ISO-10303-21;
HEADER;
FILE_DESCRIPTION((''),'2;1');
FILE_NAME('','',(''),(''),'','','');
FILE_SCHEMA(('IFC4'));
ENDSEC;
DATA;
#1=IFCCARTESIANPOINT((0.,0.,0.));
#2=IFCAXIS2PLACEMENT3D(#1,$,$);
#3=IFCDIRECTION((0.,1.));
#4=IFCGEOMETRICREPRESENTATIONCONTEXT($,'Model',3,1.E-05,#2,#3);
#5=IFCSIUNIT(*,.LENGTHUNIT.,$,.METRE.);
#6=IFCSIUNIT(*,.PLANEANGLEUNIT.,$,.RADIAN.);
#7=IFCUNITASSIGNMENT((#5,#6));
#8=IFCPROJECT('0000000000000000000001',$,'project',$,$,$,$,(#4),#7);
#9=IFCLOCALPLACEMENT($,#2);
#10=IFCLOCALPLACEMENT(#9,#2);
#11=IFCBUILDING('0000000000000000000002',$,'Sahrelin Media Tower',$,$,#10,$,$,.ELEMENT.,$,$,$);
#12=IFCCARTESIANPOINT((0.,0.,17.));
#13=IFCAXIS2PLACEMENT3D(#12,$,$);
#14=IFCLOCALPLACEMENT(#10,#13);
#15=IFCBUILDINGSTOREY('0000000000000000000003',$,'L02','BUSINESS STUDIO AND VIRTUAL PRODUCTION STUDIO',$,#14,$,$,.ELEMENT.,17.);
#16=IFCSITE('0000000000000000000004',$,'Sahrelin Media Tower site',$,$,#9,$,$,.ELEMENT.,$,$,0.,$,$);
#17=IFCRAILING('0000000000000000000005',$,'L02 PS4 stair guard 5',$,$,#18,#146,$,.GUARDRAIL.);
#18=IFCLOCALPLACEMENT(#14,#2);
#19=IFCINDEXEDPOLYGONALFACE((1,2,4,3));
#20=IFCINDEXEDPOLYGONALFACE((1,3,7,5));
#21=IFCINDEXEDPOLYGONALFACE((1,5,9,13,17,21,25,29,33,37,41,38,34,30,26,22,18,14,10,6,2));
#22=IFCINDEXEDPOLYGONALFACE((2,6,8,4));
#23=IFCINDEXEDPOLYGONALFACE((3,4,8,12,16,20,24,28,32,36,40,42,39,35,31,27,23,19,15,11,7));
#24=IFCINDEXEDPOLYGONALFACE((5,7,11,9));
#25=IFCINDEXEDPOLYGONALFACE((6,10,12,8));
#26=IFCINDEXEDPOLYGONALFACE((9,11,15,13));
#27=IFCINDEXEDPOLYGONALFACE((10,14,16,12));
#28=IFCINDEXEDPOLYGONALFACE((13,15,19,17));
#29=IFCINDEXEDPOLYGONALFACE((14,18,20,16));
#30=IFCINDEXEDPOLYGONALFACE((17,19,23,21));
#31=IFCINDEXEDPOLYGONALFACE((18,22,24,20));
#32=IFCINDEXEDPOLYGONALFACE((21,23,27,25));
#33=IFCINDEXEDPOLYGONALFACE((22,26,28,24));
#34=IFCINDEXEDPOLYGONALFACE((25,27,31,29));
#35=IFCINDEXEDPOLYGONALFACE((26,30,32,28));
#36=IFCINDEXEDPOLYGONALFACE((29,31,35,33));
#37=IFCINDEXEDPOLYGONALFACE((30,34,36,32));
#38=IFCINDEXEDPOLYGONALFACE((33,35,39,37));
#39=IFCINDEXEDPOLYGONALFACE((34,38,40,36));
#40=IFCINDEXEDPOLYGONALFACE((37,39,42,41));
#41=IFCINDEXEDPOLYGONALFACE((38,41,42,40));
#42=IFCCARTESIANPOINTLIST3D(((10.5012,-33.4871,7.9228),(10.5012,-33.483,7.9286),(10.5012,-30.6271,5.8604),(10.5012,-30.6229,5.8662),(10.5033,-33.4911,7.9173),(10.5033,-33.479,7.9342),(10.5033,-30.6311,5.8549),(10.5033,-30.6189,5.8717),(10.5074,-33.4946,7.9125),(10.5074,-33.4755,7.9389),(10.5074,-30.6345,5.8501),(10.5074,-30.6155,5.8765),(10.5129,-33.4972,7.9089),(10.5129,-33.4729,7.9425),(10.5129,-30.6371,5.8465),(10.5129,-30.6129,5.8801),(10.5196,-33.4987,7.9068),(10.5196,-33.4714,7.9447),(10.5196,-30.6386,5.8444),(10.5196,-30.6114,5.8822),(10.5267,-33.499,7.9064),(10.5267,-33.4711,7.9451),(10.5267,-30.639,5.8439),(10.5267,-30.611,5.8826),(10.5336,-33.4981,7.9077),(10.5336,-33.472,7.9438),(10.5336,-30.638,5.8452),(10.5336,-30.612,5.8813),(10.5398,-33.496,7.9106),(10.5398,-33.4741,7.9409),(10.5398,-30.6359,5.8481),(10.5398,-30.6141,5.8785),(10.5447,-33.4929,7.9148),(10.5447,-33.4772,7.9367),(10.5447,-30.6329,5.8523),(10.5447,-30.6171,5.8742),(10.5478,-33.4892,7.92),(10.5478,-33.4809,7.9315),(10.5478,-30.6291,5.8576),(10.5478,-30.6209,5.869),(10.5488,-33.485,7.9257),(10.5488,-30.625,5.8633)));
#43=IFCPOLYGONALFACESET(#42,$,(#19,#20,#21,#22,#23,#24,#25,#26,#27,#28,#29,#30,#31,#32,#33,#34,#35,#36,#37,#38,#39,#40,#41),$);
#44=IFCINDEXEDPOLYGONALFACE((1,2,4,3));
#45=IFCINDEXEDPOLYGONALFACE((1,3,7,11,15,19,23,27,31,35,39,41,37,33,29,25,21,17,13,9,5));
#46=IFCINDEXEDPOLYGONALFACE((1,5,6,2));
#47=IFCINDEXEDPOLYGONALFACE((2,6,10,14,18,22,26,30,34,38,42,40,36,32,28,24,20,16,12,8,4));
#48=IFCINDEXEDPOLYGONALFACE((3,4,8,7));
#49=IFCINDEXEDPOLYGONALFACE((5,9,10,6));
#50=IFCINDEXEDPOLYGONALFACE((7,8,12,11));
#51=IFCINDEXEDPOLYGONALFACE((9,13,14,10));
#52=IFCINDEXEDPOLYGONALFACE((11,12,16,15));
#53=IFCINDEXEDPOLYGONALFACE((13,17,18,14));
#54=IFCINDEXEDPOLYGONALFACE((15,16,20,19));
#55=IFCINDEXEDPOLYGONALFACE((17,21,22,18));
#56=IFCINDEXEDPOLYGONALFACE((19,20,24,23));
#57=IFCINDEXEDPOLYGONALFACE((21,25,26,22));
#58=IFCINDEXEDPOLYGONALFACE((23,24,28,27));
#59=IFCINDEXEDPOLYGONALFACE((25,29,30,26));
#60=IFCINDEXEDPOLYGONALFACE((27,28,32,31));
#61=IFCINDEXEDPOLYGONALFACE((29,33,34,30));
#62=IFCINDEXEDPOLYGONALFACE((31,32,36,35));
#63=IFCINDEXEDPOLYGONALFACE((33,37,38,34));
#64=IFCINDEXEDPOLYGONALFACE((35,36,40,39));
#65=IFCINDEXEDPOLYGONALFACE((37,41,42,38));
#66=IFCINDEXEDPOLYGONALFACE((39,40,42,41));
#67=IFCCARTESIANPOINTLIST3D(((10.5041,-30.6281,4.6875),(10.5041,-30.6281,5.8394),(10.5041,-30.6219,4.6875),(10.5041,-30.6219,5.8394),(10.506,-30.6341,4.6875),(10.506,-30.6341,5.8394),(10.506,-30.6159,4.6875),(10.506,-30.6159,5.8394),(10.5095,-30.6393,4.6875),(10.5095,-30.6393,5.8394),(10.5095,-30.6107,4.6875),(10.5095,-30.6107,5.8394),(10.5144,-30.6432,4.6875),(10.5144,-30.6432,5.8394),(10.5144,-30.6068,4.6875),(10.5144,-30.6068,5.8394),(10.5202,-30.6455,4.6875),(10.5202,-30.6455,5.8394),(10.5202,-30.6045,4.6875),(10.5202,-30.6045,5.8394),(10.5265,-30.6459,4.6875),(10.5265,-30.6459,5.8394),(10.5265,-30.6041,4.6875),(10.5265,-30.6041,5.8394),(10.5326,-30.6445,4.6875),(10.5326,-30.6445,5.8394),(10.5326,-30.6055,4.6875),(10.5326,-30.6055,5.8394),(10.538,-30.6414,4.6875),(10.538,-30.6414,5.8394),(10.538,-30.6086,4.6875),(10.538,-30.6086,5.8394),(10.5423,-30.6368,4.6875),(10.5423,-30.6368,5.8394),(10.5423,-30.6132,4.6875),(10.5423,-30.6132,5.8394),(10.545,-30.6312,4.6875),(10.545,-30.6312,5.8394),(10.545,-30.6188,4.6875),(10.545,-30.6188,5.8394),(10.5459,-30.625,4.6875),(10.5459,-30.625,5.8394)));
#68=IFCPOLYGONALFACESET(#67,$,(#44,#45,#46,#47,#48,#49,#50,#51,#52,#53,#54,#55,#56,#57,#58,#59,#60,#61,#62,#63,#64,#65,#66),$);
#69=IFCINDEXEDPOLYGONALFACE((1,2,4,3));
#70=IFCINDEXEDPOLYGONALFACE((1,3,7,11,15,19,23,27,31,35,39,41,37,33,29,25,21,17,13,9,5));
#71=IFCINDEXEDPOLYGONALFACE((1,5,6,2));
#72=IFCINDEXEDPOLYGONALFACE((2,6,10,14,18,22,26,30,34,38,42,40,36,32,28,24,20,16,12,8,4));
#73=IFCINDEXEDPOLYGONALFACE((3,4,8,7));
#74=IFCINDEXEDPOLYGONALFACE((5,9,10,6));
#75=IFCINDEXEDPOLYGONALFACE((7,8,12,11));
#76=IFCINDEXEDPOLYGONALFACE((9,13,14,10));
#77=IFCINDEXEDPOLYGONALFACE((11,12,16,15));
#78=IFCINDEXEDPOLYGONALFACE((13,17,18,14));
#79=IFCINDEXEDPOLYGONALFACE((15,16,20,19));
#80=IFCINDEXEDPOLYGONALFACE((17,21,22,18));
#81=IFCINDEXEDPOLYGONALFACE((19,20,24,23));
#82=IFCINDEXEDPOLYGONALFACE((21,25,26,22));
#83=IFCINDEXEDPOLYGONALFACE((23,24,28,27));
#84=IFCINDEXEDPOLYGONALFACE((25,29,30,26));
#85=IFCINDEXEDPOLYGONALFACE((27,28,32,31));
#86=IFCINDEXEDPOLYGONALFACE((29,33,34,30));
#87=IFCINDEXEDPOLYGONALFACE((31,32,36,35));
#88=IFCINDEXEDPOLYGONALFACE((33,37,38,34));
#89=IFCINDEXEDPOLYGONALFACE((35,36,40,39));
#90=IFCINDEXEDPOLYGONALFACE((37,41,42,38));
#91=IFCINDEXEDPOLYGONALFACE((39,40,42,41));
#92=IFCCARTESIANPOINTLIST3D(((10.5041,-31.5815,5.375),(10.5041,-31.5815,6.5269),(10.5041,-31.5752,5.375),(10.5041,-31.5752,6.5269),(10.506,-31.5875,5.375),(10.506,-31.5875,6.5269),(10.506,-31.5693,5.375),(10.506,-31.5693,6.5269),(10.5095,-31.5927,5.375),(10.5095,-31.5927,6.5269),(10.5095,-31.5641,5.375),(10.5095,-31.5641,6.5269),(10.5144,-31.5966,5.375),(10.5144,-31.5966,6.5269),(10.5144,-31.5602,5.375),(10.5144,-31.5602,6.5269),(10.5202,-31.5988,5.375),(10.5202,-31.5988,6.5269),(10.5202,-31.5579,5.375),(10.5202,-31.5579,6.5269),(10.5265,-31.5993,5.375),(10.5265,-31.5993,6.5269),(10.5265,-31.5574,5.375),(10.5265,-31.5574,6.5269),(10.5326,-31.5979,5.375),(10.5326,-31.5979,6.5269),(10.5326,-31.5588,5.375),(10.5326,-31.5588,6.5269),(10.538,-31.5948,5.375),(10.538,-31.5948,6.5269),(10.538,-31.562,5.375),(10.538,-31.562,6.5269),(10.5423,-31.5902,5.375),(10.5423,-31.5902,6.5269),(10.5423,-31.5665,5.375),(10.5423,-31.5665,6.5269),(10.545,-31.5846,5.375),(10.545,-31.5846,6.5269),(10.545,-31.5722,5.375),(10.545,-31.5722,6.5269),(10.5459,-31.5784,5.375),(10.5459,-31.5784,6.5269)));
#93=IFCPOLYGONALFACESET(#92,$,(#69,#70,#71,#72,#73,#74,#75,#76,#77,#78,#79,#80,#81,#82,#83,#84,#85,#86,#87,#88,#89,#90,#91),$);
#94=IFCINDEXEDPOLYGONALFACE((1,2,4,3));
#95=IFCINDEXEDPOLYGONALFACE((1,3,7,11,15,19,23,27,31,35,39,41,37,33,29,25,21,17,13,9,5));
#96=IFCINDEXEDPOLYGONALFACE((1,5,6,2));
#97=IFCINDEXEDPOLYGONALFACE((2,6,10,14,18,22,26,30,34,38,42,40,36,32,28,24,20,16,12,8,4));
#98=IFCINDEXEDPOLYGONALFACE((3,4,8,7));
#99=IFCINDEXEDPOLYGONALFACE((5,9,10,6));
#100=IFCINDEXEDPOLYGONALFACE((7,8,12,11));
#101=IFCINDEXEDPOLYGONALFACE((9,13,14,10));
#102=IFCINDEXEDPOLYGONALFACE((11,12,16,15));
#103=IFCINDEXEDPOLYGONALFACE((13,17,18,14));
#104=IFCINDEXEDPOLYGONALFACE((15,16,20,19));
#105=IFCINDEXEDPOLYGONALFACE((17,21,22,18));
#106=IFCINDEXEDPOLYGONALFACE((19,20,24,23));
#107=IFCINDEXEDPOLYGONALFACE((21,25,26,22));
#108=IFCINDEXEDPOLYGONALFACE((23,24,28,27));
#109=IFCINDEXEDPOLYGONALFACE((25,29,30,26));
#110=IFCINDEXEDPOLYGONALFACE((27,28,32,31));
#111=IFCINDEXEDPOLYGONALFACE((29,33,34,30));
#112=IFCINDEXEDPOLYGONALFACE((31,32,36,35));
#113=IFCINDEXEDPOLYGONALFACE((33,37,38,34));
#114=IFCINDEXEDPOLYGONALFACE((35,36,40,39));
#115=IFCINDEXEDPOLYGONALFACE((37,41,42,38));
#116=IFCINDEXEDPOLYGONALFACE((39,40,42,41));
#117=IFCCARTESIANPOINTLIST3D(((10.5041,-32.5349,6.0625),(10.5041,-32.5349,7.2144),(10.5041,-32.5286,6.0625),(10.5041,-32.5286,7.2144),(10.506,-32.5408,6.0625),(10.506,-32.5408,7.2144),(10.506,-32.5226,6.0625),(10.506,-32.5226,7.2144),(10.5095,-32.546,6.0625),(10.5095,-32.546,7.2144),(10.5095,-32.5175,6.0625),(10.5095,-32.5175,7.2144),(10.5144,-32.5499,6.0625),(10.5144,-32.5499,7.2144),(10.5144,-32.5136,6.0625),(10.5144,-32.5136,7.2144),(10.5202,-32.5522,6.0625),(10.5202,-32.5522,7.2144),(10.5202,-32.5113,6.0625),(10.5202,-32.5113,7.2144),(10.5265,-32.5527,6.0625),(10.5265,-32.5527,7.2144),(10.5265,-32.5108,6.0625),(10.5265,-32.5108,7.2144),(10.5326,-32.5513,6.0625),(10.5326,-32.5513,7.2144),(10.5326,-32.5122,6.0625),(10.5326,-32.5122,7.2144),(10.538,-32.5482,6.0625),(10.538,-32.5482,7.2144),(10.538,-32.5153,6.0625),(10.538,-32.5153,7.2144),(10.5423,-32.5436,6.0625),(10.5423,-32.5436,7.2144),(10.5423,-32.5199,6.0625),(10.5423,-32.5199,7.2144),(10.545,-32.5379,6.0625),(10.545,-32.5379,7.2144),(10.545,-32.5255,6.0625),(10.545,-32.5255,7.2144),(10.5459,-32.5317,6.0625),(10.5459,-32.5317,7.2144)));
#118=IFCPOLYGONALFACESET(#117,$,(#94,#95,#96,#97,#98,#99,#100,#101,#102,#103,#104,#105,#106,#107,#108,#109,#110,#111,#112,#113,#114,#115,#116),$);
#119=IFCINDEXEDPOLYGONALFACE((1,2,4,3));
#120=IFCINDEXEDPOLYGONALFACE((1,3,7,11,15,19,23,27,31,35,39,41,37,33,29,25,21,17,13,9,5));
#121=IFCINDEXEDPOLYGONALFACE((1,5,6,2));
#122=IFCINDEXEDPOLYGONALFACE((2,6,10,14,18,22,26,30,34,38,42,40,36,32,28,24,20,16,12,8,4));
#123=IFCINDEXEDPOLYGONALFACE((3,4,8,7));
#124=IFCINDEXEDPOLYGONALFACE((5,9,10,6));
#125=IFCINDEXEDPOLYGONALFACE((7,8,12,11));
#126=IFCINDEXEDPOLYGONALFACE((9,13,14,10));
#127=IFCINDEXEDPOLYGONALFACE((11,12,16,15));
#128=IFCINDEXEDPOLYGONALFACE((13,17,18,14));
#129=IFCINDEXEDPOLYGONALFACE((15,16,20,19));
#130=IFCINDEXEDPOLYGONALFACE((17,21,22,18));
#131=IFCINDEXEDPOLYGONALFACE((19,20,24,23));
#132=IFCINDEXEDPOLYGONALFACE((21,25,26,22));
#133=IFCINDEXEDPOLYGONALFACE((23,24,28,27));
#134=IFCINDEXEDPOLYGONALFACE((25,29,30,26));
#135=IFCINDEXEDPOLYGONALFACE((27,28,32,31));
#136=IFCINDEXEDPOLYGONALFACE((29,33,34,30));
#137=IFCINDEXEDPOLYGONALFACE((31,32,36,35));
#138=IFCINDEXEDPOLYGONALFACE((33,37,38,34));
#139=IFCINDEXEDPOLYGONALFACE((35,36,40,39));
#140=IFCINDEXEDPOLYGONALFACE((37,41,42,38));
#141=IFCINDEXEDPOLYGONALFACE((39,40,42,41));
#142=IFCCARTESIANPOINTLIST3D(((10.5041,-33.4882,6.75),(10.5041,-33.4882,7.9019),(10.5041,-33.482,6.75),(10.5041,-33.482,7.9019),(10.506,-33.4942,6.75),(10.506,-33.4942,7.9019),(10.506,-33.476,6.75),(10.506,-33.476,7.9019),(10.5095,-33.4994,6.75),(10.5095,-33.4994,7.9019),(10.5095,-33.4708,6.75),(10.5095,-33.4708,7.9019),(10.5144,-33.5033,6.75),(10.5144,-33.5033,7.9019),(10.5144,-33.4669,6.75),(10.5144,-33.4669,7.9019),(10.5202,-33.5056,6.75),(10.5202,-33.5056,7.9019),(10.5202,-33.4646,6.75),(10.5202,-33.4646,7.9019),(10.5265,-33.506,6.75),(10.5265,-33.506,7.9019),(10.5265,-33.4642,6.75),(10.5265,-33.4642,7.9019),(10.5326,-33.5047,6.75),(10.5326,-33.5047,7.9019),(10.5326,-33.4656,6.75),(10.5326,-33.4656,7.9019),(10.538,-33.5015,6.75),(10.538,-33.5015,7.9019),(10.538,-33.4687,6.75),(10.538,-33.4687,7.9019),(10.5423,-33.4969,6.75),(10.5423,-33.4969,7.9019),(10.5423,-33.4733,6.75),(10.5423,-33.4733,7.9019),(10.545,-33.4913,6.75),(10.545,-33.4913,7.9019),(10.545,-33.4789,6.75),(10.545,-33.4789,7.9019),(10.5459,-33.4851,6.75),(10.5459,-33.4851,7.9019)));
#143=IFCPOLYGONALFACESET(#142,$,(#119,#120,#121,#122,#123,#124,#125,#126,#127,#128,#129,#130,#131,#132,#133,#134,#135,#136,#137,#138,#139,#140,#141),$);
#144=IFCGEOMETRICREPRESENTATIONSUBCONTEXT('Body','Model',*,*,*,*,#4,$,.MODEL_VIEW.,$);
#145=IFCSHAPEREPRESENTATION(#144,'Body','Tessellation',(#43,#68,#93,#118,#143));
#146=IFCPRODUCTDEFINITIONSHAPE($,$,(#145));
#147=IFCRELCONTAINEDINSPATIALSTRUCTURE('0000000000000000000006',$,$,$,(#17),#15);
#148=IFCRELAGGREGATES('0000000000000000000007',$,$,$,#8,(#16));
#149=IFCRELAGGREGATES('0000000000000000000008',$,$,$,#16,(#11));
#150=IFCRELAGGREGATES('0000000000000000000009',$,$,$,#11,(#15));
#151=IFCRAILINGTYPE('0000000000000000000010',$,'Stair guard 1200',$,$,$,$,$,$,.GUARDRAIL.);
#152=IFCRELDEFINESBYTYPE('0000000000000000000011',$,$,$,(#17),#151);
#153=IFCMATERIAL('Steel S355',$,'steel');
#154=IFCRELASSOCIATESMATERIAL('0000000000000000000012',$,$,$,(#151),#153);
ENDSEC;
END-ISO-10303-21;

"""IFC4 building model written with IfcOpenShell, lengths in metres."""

from ifc_helpers import new_model, si_unit, direction, frame, origin, origin_2d, place, context, subcontext, project, spatial, circle, extrude, material, type_object, element, save


model = new_model("IFC4")

# Units and contexts
model_context = context("Model", 3, precision=1e-05, world=origin(), true_north=direction((0.0, 1.0)))
body_context = subcontext(model_context, "Body", "Model", "MODEL_VIEW")
ifc_project = project(units=[si_unit("LENGTHUNIT", "METRE"), si_unit("PLANEANGLEUNIT", "RADIAN")], contexts=[model_context])

# Site, building, storey
site_placement = place(None, origin())
site = spatial("IfcSite", under=ifc_project, at=site_placement, Name="Sahrelin Media Tower site", CompositionType="ELEMENT", RefElevation=0.0)
building_placement = place(site_placement, origin())
building = spatial("IfcBuilding", under=site, at=building_placement, Name="Sahrelin Media Tower", CompositionType="ELEMENT")
storey_placement = place(building_placement, frame((0.0, 0.0, 17.0)))
storey = spatial("IfcBuildingStorey", under=building, at=storey_placement, Name="L02", Description="BUSINESS STUDIO AND VIRTUAL PRODUCTION STUDIO", CompositionType="ELEMENT", Elevation=17.0)

# Shared definitions
ifc_material_1 = material(Name="Steel S355", Category="steel")

# Railing
railing_type_1 = type_object("IfcRailingType", Name="Stair guard 1200", PredefinedType="GUARDRAIL", material=ifc_material_1)
railing_1_placement = place(storey_placement, frame((10.5249, -30.625, 4.6875)))
element("IfcRailing", 1, at=railing_1_placement, inside=storey, type_object=railing_type_1, Name="L02 PS4 stair guard 5", PredefinedType="GUARDRAIL", context=body_context, shape_type="SweptSolid", body=[
    extrude(circle(Radius=0.0239, at=origin_2d()), frame((0.0, 0.0, 1.1758), z_axis=(0.0, -0.811101, 0.584906), x_axis=(1.0, 0.0, 0.0)), (0.0, 0.0, 1.0), 3.5261),
    extrude(circle(Radius=0.021, at=origin_2d()), origin(), (0.0, 0.0, 1.0), 1.1519),
    extrude(circle(Radius=0.021, at=origin_2d()), frame((0.0, -0.9534, 0.6875)), (0.0, 0.0, 1.0), 1.1519),
    extrude(circle(Radius=0.021, at=origin_2d()), frame((0.0, -1.9067, 1.375)), (0.0, 0.0, 1.0), 1.1519),
    extrude(circle(Radius=0.021, at=origin_2d()), frame((0.0, -2.8601, 2.0625)), (0.0, 0.0, 1.0), 1.1519),
])

save(model, "model.ifc")
